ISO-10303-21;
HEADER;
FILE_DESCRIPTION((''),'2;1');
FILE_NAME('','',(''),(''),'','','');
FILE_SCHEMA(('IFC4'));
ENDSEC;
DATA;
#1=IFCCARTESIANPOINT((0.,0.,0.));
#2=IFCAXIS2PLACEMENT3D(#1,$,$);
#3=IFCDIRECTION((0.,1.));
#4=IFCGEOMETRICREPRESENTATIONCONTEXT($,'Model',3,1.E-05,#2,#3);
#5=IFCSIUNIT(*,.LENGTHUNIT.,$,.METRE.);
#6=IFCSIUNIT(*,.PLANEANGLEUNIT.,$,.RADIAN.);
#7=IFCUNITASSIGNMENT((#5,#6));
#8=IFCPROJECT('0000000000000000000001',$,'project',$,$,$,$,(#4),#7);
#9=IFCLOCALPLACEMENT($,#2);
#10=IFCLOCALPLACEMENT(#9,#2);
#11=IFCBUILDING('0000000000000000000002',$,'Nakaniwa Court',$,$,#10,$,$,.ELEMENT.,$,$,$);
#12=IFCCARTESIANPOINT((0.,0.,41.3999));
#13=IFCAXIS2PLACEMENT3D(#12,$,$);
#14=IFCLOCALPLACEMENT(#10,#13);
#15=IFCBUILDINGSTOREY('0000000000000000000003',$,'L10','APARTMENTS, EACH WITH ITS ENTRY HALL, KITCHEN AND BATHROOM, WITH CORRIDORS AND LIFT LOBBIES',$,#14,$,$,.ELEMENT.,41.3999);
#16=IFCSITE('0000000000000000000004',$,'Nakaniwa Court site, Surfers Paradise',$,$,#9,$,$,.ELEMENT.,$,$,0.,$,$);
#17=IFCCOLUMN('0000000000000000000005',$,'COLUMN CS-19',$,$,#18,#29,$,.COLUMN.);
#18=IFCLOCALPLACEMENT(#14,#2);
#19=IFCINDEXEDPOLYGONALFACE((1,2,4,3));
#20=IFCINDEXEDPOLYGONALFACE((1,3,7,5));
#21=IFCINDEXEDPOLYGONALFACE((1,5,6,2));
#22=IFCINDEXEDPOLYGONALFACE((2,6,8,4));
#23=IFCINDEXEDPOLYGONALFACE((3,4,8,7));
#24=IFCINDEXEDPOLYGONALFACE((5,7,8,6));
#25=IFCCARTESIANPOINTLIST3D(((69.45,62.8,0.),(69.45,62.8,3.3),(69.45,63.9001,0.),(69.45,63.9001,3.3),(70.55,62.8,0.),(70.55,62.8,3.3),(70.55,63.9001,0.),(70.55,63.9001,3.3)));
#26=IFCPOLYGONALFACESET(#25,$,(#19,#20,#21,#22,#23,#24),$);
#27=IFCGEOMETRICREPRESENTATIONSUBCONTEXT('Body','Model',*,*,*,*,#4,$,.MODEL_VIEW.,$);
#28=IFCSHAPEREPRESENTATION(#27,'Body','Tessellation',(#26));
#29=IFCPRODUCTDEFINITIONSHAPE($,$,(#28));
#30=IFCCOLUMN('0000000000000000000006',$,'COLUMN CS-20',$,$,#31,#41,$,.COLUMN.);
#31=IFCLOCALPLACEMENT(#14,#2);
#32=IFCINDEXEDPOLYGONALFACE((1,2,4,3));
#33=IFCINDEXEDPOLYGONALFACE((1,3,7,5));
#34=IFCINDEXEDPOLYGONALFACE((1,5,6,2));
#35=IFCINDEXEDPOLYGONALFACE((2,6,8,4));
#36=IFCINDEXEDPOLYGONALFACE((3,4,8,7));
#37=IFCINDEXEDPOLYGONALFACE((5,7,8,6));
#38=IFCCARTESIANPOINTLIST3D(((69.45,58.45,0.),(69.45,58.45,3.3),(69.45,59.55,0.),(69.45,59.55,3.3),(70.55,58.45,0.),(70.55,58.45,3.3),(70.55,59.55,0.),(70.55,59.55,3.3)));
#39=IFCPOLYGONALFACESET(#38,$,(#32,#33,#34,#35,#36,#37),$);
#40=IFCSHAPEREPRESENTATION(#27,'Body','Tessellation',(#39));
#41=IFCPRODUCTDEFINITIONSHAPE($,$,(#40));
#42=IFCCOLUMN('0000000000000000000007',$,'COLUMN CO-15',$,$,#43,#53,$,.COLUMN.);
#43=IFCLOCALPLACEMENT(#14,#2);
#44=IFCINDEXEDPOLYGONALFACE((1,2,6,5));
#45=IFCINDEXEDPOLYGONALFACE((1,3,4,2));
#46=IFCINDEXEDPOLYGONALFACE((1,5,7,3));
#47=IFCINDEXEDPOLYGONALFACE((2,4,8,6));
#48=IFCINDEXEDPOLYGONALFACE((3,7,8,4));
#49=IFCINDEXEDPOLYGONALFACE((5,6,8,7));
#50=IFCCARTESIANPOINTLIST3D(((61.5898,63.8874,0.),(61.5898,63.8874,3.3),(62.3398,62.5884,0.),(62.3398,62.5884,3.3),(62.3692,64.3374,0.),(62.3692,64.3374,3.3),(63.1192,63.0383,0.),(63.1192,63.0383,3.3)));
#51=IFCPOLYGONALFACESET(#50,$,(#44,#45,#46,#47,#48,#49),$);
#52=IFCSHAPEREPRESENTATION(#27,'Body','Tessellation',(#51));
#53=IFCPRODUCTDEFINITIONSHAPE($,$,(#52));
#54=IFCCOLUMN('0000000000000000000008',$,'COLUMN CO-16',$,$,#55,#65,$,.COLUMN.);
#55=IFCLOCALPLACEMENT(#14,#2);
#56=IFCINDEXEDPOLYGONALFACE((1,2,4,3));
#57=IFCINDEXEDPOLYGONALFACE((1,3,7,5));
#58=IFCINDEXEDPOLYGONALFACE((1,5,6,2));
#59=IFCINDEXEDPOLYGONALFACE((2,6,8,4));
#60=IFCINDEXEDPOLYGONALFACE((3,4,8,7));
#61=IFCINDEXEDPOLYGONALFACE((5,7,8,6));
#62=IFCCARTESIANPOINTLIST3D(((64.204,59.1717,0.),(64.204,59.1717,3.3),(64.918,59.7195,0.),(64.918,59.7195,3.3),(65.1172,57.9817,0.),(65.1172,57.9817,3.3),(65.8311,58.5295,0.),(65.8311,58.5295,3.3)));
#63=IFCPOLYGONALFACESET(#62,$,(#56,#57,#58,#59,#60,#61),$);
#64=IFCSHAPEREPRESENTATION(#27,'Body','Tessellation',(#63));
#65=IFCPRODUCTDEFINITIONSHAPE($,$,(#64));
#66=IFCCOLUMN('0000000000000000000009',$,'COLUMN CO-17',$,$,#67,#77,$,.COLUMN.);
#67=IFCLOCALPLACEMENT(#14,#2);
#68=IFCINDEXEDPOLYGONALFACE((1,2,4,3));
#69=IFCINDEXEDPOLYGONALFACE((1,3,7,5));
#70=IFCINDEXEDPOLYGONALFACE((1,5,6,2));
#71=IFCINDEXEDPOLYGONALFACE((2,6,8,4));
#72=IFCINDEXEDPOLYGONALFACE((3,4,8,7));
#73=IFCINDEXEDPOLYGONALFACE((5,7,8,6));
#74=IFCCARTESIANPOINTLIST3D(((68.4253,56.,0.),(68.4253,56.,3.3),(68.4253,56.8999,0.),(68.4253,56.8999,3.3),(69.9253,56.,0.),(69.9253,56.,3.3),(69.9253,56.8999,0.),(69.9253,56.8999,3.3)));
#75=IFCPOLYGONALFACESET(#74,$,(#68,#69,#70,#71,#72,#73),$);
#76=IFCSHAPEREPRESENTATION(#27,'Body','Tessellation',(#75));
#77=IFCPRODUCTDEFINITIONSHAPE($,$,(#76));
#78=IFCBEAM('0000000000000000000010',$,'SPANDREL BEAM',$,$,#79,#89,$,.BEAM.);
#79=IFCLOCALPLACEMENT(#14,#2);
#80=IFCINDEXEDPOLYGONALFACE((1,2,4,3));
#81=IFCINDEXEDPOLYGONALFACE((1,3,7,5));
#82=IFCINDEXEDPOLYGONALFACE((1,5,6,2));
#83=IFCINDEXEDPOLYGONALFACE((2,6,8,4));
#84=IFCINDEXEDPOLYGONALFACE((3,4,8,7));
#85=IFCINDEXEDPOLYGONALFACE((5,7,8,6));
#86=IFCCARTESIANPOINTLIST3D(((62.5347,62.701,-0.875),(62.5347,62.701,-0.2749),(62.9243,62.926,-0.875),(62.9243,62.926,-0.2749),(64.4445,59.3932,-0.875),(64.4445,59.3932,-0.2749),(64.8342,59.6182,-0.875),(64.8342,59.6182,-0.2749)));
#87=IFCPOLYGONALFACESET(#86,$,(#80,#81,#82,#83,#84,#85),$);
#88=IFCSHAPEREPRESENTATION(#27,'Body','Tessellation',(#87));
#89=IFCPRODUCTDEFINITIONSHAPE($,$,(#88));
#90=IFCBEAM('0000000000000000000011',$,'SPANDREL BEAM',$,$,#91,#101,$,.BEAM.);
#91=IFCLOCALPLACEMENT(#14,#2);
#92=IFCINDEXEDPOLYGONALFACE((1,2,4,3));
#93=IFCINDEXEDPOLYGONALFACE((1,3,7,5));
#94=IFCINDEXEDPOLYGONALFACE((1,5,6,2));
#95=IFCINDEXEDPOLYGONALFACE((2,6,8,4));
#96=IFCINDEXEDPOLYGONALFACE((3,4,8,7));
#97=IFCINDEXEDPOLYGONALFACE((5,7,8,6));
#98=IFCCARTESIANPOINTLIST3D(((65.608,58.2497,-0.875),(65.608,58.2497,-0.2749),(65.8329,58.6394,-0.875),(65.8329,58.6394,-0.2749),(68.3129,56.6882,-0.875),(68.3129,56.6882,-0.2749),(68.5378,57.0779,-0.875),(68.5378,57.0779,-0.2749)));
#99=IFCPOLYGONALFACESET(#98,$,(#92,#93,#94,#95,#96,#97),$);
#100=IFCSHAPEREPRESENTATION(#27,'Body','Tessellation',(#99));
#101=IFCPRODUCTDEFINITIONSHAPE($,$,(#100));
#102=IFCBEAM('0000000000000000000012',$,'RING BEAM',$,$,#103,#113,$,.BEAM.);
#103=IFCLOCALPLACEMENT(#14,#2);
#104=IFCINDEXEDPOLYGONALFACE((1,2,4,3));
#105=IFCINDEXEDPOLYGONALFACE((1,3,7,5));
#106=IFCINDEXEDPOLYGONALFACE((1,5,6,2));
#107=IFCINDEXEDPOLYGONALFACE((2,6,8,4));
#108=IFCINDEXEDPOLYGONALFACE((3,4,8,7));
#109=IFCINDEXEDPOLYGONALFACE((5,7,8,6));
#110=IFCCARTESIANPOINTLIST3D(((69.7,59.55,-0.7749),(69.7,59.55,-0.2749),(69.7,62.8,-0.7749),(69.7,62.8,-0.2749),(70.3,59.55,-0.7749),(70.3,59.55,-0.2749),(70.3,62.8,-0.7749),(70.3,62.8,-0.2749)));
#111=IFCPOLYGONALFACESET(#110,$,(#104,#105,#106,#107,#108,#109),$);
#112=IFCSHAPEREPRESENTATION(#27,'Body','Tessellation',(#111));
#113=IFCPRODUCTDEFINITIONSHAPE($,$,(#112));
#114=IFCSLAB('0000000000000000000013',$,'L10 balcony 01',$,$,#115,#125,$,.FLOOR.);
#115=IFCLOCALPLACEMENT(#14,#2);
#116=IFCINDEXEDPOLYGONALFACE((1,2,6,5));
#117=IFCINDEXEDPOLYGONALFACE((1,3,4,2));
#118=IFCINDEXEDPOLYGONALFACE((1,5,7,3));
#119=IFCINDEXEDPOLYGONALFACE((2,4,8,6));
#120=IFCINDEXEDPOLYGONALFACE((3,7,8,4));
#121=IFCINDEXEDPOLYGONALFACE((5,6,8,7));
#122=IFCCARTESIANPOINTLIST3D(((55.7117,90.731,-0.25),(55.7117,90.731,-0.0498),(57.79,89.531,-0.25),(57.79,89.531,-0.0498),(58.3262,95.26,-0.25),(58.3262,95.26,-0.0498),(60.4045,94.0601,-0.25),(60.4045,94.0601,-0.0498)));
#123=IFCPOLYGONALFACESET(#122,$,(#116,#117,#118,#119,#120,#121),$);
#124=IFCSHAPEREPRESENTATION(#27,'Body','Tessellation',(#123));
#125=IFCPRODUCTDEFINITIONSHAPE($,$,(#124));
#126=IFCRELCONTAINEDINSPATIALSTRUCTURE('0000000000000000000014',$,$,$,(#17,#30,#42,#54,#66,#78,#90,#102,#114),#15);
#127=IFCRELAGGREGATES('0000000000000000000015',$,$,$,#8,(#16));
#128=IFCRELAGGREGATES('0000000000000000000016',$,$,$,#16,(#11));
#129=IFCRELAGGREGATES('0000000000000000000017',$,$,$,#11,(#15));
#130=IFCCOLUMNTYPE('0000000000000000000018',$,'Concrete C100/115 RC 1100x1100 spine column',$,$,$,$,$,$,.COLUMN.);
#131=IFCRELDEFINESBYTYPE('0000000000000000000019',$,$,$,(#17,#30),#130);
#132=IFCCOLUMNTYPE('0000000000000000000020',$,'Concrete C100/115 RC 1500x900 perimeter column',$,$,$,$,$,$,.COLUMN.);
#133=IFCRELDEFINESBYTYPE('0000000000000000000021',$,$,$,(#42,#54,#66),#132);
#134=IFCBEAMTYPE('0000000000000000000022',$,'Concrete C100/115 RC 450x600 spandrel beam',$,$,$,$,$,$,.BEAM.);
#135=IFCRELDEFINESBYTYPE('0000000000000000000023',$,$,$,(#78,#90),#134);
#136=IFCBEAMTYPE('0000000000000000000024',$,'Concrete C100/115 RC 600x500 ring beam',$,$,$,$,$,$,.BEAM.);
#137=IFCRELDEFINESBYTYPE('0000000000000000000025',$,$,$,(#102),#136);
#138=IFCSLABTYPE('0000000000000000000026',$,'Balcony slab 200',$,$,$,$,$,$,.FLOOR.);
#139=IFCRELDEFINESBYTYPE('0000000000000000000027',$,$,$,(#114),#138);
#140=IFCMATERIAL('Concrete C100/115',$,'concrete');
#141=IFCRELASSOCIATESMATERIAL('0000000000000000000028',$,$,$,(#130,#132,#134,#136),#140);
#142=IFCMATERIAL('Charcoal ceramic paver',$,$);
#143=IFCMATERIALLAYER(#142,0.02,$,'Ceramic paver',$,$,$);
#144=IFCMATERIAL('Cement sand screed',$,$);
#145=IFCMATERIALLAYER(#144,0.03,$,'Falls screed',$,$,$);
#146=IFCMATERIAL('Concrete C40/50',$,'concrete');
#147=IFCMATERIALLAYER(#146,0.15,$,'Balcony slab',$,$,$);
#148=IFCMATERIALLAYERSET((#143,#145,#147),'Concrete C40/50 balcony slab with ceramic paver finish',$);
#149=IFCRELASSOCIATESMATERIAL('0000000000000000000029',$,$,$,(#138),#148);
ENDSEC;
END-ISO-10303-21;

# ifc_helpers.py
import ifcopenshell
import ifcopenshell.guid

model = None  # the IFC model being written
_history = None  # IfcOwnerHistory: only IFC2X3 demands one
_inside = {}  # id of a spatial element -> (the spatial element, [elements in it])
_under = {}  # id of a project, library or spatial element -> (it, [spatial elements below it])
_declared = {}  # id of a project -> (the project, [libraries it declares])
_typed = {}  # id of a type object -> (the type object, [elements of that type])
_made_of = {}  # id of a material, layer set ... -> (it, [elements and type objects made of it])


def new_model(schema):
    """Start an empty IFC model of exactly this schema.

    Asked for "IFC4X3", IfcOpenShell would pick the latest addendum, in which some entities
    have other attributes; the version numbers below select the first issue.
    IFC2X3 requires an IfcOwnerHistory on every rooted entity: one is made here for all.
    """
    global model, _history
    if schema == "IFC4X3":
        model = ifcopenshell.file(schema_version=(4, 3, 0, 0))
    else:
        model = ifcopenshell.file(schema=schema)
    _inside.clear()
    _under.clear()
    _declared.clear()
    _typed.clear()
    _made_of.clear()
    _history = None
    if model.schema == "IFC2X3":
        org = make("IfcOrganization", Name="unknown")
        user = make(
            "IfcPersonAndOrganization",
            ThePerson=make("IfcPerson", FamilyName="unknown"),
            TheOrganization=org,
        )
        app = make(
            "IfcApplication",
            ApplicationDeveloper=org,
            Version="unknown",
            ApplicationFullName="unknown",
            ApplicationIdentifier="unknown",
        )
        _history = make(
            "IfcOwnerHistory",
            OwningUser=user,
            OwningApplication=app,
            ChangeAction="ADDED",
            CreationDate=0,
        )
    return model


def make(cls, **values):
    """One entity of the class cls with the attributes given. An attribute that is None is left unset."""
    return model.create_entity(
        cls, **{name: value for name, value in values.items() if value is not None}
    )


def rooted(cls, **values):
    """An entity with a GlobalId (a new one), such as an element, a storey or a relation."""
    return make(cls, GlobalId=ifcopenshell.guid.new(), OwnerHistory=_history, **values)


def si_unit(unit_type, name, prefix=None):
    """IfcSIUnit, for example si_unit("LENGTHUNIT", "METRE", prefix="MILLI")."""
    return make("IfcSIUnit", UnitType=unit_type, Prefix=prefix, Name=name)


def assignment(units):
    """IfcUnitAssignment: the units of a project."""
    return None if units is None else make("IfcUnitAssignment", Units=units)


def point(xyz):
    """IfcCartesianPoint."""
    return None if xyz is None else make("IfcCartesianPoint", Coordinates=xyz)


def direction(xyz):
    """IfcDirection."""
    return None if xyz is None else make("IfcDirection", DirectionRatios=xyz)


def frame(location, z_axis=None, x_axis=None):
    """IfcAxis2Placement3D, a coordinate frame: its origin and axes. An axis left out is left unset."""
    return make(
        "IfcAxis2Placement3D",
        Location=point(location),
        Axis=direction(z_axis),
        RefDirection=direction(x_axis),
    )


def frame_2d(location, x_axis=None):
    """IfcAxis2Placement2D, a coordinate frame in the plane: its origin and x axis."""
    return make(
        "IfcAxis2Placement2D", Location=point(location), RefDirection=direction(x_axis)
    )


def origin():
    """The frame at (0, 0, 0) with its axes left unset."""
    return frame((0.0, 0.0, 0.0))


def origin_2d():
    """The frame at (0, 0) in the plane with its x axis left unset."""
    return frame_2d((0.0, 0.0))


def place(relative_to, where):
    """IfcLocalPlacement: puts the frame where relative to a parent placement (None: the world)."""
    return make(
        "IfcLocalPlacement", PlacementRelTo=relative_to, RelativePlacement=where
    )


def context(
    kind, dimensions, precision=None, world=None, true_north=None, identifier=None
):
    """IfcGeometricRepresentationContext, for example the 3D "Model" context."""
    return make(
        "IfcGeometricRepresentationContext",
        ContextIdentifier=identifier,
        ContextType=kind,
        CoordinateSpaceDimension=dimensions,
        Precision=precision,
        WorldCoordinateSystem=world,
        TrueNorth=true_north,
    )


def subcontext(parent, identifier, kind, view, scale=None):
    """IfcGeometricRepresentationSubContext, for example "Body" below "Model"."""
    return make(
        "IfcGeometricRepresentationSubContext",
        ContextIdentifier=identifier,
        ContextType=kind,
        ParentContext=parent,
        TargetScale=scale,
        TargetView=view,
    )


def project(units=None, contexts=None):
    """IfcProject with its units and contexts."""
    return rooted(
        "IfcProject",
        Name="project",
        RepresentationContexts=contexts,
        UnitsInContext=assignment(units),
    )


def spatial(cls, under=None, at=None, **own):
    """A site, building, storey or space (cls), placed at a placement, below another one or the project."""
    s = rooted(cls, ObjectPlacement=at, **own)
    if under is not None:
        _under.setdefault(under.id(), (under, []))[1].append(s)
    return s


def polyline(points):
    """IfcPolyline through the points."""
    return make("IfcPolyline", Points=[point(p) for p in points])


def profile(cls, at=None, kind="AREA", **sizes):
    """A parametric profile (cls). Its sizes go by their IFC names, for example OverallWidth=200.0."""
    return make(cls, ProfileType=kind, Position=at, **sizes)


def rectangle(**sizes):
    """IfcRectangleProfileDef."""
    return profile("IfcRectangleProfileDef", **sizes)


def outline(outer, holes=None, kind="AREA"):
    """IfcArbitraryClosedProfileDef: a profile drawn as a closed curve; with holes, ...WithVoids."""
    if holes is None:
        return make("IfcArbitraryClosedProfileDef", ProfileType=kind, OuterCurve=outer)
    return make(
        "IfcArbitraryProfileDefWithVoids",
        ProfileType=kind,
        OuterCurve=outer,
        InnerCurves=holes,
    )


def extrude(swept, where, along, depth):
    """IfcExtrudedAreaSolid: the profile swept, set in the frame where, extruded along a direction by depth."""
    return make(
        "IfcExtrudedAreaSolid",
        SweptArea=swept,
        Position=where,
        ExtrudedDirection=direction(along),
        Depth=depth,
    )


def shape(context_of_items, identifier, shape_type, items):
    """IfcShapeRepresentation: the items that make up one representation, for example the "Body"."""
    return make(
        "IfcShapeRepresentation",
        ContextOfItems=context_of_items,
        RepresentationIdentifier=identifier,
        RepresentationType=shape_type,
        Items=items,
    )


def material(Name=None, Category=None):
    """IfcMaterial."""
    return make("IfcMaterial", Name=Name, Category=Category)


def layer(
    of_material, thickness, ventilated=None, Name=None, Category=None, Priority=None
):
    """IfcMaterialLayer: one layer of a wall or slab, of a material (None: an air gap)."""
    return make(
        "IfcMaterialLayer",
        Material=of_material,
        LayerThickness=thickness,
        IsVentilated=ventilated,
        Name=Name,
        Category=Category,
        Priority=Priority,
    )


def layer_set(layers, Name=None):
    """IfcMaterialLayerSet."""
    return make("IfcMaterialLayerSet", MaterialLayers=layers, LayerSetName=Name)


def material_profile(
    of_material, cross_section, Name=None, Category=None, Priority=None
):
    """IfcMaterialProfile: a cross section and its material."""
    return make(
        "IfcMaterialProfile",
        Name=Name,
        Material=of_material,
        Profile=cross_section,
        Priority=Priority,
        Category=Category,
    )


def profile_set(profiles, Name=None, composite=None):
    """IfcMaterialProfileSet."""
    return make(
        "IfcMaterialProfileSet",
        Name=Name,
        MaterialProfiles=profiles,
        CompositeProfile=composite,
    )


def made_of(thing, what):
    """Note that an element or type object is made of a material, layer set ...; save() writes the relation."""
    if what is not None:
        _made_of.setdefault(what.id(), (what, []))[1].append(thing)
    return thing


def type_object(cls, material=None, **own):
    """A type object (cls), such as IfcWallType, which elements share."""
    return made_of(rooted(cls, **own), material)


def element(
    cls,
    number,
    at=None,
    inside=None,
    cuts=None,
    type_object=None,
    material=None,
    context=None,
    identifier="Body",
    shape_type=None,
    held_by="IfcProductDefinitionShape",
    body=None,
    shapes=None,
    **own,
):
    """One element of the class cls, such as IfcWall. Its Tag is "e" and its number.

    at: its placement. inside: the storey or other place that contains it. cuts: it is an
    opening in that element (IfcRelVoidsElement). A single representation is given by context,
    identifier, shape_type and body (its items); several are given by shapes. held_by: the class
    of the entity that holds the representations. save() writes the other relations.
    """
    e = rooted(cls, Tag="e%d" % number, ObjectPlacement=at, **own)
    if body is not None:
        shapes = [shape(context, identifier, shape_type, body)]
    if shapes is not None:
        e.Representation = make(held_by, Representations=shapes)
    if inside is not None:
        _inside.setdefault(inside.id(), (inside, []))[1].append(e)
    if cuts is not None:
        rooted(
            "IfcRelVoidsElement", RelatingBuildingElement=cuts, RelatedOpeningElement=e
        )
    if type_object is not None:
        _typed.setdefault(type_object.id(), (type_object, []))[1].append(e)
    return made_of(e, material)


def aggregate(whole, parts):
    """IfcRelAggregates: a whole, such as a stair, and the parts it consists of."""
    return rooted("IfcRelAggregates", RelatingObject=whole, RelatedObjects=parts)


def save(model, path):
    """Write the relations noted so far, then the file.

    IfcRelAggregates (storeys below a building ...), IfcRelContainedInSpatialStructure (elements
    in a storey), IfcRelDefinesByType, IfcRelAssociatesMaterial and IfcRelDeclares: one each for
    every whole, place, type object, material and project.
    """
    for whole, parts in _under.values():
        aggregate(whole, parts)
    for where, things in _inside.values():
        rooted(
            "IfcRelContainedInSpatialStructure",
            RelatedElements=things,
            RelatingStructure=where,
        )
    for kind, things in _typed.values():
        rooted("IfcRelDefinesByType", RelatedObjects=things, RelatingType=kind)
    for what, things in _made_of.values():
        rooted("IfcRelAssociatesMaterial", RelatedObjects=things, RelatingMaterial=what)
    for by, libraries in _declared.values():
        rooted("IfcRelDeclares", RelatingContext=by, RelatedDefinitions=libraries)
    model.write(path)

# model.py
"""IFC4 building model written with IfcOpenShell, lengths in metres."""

from ifc_helpers import new_model, si_unit, direction, frame, origin, origin_2d, place, context, subcontext, project, spatial, polyline, rectangle, outline, extrude, material, layer, layer_set, material_profile, profile_set, type_object, element, save


model = new_model("IFC4")

# Units and contexts
model_context = context("Model", 3, precision=1e-05, world=origin(), true_north=direction((0.0, 1.0)))
body_context = subcontext(model_context, "Body", "Model", "MODEL_VIEW")
ifc_project = project(units=[si_unit("LENGTHUNIT", "METRE"), si_unit("PLANEANGLEUNIT", "RADIAN")], contexts=[model_context])

# Site, building, storey
site_placement = place(None, origin())
site = spatial("IfcSite", under=ifc_project, at=site_placement, Name="Nakaniwa Court site, Surfers Paradise", CompositionType="ELEMENT", RefElevation=0.0)
building_placement = place(site_placement, origin())
building = spatial("IfcBuilding", under=site, at=building_placement, Name="Nakaniwa Court", CompositionType="ELEMENT")
storey_placement = place(building_placement, frame((0.0, 0.0, 41.3999)))
storey = spatial("IfcBuildingStorey", under=building, at=storey_placement, Name="L10", Description="APARTMENTS, EACH WITH ITS ENTRY HALL, KITCHEN AND BATHROOM, WITH CORRIDORS AND LIFT LOBBIES", CompositionType="ELEMENT", Elevation=41.3999)

# Columns
ifc_material_1 = material(Name="Concrete C100/115", Category="concrete")
ifc_material_profile_1 = material_profile(ifc_material_1, rectangle(XDim=1.1001, YDim=1.1001, at=origin_2d()), Name="Concrete C100/115 RC 1100x1100 spine column")
ifc_profile_set_1 = profile_set([ifc_material_profile_1], Name="Concrete C100/115")
column_type_1 = type_object("IfcColumnType", Name="Concrete C100/115 RC 1100x1100 spine column", PredefinedType="COLUMN", material=ifc_profile_set_1)
for number, where, z_axis, x_axis, name in (
    (1, (70.0, 63.3501, 0.0), (0.0, 0.0, 1.0), (0.0, -1.0, 0.0), "COLUMN CS-19"),
    (2, (70.0, 59.0, 0.0), (0.0, 0.0, 1.0), (0.0, -1.0, 0.0), "COLUMN CS-20"),
):
    element("IfcColumn", number, at=place(storey_placement, frame(where, z_axis=z_axis, x_axis=x_axis)), inside=storey, type_object=column_type_1, Name=name, PredefinedType="COLUMN", context=body_context, shape_type="SweptSolid", body=[
        extrude(rectangle(XDim=1.1001, YDim=1.1001, at=origin_2d()), origin(), (0.0, 0.0, 1.0), 3.3),
    ])
ifc_material_profile_2 = material_profile(ifc_material_1, rectangle(XDim=1.5, YDim=0.8999, at=origin_2d()), Name="Concrete C100/115 RC 1500x900 perimeter column")
ifc_profile_set_2 = profile_set([ifc_material_profile_2], Name="Concrete C100/115")
column_type_2 = type_object("IfcColumnType", Name="Concrete C100/115 RC 1500x900 perimeter column", PredefinedType="COLUMN", material=ifc_profile_set_2)
for number, where, z_axis, x_axis, name in (
    (3, (62.3545, 63.4629, 0.0), (0.0, 0.0, 1.0), (0.5, -0.866025, 0.0), "COLUMN CO-15"),
    (4, (65.0176, 58.8506, 0.0), (0.0, 0.0, 1.0), (0.608761, -0.793353, 0.0), "COLUMN CO-16"),
    (5, (69.1753, 56.45, 0.0), (0.0, 0.0, 1.0), (1.0, 0.0, 0.0), "COLUMN CO-17"),
):
    element("IfcColumn", number, at=place(storey_placement, frame(where, z_axis=z_axis, x_axis=x_axis)), inside=storey, type_object=column_type_2, Name=name, PredefinedType="COLUMN", context=body_context, shape_type="SweptSolid", body=[
        extrude(rectangle(XDim=1.5, YDim=0.8999, at=origin_2d()), origin(), (0.0, 0.0, 1.0), 3.3),
    ])

# Beams
ifc_material_profile_3 = material_profile(ifc_material_1, rectangle(XDim=0.45, YDim=0.6001, at=origin_2d()), Name="Concrete C100/115 RC 450x600 spandrel beam")
ifc_profile_set_3 = profile_set([ifc_material_profile_3], Name="Concrete C100/115")
beam_type_1 = type_object("IfcBeamType", Name="Concrete C100/115 RC 450x600 spandrel beam", PredefinedType="BEAM", material=ifc_profile_set_3)
beam_1_placement = place(storey_placement, frame((62.7295, 62.8135, -0.575), z_axis=(0.500023, -0.866012, 0.0), x_axis=(0.866012, 0.500023, 0.0)))
element("IfcBeam", 6, at=beam_1_placement, inside=storey, type_object=beam_type_1, Name="SPANDREL BEAM", PredefinedType="BEAM", context=body_context, shape_type="SweptSolid", body=[
    extrude(rectangle(XDim=0.45, YDim=0.6001, at=origin_2d()), origin(), (0.0, 0.0, 1.0), 3.8196),
])
beam_2_placement = place(storey_placement, frame((65.7205, 58.4446, -0.575), z_axis=(0.866041, -0.499973, 0.0), x_axis=(0.499973, 0.866041, 0.0)))
element("IfcBeam", 7, at=beam_2_placement, inside=storey, type_object=beam_type_1, Name="SPANDREL BEAM", PredefinedType="BEAM", context=body_context, shape_type="SweptSolid", body=[
    extrude(rectangle(XDim=0.45, YDim=0.6001, at=origin_2d()), origin(), (0.0, 0.0, 1.0), 3.1233),
])
ifc_material_profile_4 = material_profile(ifc_material_1, rectangle(XDim=0.6001, YDim=0.5, at=origin_2d()), Name="Concrete C100/115 RC 600x500 ring beam")
ifc_profile_set_4 = profile_set([ifc_material_profile_4], Name="Concrete C100/115")
beam_type_2 = type_object("IfcBeamType", Name="Concrete C100/115 RC 600x500 ring beam", PredefinedType="BEAM", material=ifc_profile_set_4)
beam_3_placement = place(storey_placement, frame((70.0, 62.8, -0.5249), z_axis=(0.0, -1.0, 0.0), x_axis=(1.0, 0.0, 0.0)))
element("IfcBeam", 8, at=beam_3_placement, inside=storey, type_object=beam_type_2, Name="RING BEAM", PredefinedType="BEAM", context=body_context, shape_type="SweptSolid", body=[
    extrude(rectangle(XDim=0.6001, YDim=0.5, at=origin_2d()), origin(), (0.0, 0.0, 1.0), 3.25),
])

# Slab
ifc_material_2 = material(Name="Charcoal ceramic paver")
ifc_layer_1 = layer(ifc_material_2, 0.02, Name="Ceramic paver")
ifc_material_3 = material(Name="Cement sand screed")
ifc_layer_2 = layer(ifc_material_3, 0.03, Name="Falls screed")
ifc_material_4 = material(Name="Concrete C40/50", Category="concrete")
ifc_layer_3 = layer(ifc_material_4, 0.15, Name="Balcony slab")
ifc_layer_set_1 = layer_set([ifc_layer_1, ifc_layer_2, ifc_layer_3], Name="Concrete C40/50 balcony slab with ceramic paver finish")
slab_type_1 = type_object("IfcSlabType", Name="Balcony slab 200", PredefinedType="FLOOR", material=ifc_layer_set_1)
slab_1_placement = place(storey_placement, frame((0.0, 0.0, -0.25)))
element("IfcSlab", 9, at=slab_1_placement, inside=storey, type_object=slab_type_1, Name="L10 balcony 01", PredefinedType="FLOOR", context=body_context, shape_type="SweptSolid", body=[
    extrude(outline(polyline([(60.4045, 94.0601), (57.79, 89.531), (55.7117, 90.731), (58.3262, 95.26), (60.4045, 94.0601)])), origin(), (0.0, 0.0, 1.0), 0.2002),
])

save(model, "model.ifc")
